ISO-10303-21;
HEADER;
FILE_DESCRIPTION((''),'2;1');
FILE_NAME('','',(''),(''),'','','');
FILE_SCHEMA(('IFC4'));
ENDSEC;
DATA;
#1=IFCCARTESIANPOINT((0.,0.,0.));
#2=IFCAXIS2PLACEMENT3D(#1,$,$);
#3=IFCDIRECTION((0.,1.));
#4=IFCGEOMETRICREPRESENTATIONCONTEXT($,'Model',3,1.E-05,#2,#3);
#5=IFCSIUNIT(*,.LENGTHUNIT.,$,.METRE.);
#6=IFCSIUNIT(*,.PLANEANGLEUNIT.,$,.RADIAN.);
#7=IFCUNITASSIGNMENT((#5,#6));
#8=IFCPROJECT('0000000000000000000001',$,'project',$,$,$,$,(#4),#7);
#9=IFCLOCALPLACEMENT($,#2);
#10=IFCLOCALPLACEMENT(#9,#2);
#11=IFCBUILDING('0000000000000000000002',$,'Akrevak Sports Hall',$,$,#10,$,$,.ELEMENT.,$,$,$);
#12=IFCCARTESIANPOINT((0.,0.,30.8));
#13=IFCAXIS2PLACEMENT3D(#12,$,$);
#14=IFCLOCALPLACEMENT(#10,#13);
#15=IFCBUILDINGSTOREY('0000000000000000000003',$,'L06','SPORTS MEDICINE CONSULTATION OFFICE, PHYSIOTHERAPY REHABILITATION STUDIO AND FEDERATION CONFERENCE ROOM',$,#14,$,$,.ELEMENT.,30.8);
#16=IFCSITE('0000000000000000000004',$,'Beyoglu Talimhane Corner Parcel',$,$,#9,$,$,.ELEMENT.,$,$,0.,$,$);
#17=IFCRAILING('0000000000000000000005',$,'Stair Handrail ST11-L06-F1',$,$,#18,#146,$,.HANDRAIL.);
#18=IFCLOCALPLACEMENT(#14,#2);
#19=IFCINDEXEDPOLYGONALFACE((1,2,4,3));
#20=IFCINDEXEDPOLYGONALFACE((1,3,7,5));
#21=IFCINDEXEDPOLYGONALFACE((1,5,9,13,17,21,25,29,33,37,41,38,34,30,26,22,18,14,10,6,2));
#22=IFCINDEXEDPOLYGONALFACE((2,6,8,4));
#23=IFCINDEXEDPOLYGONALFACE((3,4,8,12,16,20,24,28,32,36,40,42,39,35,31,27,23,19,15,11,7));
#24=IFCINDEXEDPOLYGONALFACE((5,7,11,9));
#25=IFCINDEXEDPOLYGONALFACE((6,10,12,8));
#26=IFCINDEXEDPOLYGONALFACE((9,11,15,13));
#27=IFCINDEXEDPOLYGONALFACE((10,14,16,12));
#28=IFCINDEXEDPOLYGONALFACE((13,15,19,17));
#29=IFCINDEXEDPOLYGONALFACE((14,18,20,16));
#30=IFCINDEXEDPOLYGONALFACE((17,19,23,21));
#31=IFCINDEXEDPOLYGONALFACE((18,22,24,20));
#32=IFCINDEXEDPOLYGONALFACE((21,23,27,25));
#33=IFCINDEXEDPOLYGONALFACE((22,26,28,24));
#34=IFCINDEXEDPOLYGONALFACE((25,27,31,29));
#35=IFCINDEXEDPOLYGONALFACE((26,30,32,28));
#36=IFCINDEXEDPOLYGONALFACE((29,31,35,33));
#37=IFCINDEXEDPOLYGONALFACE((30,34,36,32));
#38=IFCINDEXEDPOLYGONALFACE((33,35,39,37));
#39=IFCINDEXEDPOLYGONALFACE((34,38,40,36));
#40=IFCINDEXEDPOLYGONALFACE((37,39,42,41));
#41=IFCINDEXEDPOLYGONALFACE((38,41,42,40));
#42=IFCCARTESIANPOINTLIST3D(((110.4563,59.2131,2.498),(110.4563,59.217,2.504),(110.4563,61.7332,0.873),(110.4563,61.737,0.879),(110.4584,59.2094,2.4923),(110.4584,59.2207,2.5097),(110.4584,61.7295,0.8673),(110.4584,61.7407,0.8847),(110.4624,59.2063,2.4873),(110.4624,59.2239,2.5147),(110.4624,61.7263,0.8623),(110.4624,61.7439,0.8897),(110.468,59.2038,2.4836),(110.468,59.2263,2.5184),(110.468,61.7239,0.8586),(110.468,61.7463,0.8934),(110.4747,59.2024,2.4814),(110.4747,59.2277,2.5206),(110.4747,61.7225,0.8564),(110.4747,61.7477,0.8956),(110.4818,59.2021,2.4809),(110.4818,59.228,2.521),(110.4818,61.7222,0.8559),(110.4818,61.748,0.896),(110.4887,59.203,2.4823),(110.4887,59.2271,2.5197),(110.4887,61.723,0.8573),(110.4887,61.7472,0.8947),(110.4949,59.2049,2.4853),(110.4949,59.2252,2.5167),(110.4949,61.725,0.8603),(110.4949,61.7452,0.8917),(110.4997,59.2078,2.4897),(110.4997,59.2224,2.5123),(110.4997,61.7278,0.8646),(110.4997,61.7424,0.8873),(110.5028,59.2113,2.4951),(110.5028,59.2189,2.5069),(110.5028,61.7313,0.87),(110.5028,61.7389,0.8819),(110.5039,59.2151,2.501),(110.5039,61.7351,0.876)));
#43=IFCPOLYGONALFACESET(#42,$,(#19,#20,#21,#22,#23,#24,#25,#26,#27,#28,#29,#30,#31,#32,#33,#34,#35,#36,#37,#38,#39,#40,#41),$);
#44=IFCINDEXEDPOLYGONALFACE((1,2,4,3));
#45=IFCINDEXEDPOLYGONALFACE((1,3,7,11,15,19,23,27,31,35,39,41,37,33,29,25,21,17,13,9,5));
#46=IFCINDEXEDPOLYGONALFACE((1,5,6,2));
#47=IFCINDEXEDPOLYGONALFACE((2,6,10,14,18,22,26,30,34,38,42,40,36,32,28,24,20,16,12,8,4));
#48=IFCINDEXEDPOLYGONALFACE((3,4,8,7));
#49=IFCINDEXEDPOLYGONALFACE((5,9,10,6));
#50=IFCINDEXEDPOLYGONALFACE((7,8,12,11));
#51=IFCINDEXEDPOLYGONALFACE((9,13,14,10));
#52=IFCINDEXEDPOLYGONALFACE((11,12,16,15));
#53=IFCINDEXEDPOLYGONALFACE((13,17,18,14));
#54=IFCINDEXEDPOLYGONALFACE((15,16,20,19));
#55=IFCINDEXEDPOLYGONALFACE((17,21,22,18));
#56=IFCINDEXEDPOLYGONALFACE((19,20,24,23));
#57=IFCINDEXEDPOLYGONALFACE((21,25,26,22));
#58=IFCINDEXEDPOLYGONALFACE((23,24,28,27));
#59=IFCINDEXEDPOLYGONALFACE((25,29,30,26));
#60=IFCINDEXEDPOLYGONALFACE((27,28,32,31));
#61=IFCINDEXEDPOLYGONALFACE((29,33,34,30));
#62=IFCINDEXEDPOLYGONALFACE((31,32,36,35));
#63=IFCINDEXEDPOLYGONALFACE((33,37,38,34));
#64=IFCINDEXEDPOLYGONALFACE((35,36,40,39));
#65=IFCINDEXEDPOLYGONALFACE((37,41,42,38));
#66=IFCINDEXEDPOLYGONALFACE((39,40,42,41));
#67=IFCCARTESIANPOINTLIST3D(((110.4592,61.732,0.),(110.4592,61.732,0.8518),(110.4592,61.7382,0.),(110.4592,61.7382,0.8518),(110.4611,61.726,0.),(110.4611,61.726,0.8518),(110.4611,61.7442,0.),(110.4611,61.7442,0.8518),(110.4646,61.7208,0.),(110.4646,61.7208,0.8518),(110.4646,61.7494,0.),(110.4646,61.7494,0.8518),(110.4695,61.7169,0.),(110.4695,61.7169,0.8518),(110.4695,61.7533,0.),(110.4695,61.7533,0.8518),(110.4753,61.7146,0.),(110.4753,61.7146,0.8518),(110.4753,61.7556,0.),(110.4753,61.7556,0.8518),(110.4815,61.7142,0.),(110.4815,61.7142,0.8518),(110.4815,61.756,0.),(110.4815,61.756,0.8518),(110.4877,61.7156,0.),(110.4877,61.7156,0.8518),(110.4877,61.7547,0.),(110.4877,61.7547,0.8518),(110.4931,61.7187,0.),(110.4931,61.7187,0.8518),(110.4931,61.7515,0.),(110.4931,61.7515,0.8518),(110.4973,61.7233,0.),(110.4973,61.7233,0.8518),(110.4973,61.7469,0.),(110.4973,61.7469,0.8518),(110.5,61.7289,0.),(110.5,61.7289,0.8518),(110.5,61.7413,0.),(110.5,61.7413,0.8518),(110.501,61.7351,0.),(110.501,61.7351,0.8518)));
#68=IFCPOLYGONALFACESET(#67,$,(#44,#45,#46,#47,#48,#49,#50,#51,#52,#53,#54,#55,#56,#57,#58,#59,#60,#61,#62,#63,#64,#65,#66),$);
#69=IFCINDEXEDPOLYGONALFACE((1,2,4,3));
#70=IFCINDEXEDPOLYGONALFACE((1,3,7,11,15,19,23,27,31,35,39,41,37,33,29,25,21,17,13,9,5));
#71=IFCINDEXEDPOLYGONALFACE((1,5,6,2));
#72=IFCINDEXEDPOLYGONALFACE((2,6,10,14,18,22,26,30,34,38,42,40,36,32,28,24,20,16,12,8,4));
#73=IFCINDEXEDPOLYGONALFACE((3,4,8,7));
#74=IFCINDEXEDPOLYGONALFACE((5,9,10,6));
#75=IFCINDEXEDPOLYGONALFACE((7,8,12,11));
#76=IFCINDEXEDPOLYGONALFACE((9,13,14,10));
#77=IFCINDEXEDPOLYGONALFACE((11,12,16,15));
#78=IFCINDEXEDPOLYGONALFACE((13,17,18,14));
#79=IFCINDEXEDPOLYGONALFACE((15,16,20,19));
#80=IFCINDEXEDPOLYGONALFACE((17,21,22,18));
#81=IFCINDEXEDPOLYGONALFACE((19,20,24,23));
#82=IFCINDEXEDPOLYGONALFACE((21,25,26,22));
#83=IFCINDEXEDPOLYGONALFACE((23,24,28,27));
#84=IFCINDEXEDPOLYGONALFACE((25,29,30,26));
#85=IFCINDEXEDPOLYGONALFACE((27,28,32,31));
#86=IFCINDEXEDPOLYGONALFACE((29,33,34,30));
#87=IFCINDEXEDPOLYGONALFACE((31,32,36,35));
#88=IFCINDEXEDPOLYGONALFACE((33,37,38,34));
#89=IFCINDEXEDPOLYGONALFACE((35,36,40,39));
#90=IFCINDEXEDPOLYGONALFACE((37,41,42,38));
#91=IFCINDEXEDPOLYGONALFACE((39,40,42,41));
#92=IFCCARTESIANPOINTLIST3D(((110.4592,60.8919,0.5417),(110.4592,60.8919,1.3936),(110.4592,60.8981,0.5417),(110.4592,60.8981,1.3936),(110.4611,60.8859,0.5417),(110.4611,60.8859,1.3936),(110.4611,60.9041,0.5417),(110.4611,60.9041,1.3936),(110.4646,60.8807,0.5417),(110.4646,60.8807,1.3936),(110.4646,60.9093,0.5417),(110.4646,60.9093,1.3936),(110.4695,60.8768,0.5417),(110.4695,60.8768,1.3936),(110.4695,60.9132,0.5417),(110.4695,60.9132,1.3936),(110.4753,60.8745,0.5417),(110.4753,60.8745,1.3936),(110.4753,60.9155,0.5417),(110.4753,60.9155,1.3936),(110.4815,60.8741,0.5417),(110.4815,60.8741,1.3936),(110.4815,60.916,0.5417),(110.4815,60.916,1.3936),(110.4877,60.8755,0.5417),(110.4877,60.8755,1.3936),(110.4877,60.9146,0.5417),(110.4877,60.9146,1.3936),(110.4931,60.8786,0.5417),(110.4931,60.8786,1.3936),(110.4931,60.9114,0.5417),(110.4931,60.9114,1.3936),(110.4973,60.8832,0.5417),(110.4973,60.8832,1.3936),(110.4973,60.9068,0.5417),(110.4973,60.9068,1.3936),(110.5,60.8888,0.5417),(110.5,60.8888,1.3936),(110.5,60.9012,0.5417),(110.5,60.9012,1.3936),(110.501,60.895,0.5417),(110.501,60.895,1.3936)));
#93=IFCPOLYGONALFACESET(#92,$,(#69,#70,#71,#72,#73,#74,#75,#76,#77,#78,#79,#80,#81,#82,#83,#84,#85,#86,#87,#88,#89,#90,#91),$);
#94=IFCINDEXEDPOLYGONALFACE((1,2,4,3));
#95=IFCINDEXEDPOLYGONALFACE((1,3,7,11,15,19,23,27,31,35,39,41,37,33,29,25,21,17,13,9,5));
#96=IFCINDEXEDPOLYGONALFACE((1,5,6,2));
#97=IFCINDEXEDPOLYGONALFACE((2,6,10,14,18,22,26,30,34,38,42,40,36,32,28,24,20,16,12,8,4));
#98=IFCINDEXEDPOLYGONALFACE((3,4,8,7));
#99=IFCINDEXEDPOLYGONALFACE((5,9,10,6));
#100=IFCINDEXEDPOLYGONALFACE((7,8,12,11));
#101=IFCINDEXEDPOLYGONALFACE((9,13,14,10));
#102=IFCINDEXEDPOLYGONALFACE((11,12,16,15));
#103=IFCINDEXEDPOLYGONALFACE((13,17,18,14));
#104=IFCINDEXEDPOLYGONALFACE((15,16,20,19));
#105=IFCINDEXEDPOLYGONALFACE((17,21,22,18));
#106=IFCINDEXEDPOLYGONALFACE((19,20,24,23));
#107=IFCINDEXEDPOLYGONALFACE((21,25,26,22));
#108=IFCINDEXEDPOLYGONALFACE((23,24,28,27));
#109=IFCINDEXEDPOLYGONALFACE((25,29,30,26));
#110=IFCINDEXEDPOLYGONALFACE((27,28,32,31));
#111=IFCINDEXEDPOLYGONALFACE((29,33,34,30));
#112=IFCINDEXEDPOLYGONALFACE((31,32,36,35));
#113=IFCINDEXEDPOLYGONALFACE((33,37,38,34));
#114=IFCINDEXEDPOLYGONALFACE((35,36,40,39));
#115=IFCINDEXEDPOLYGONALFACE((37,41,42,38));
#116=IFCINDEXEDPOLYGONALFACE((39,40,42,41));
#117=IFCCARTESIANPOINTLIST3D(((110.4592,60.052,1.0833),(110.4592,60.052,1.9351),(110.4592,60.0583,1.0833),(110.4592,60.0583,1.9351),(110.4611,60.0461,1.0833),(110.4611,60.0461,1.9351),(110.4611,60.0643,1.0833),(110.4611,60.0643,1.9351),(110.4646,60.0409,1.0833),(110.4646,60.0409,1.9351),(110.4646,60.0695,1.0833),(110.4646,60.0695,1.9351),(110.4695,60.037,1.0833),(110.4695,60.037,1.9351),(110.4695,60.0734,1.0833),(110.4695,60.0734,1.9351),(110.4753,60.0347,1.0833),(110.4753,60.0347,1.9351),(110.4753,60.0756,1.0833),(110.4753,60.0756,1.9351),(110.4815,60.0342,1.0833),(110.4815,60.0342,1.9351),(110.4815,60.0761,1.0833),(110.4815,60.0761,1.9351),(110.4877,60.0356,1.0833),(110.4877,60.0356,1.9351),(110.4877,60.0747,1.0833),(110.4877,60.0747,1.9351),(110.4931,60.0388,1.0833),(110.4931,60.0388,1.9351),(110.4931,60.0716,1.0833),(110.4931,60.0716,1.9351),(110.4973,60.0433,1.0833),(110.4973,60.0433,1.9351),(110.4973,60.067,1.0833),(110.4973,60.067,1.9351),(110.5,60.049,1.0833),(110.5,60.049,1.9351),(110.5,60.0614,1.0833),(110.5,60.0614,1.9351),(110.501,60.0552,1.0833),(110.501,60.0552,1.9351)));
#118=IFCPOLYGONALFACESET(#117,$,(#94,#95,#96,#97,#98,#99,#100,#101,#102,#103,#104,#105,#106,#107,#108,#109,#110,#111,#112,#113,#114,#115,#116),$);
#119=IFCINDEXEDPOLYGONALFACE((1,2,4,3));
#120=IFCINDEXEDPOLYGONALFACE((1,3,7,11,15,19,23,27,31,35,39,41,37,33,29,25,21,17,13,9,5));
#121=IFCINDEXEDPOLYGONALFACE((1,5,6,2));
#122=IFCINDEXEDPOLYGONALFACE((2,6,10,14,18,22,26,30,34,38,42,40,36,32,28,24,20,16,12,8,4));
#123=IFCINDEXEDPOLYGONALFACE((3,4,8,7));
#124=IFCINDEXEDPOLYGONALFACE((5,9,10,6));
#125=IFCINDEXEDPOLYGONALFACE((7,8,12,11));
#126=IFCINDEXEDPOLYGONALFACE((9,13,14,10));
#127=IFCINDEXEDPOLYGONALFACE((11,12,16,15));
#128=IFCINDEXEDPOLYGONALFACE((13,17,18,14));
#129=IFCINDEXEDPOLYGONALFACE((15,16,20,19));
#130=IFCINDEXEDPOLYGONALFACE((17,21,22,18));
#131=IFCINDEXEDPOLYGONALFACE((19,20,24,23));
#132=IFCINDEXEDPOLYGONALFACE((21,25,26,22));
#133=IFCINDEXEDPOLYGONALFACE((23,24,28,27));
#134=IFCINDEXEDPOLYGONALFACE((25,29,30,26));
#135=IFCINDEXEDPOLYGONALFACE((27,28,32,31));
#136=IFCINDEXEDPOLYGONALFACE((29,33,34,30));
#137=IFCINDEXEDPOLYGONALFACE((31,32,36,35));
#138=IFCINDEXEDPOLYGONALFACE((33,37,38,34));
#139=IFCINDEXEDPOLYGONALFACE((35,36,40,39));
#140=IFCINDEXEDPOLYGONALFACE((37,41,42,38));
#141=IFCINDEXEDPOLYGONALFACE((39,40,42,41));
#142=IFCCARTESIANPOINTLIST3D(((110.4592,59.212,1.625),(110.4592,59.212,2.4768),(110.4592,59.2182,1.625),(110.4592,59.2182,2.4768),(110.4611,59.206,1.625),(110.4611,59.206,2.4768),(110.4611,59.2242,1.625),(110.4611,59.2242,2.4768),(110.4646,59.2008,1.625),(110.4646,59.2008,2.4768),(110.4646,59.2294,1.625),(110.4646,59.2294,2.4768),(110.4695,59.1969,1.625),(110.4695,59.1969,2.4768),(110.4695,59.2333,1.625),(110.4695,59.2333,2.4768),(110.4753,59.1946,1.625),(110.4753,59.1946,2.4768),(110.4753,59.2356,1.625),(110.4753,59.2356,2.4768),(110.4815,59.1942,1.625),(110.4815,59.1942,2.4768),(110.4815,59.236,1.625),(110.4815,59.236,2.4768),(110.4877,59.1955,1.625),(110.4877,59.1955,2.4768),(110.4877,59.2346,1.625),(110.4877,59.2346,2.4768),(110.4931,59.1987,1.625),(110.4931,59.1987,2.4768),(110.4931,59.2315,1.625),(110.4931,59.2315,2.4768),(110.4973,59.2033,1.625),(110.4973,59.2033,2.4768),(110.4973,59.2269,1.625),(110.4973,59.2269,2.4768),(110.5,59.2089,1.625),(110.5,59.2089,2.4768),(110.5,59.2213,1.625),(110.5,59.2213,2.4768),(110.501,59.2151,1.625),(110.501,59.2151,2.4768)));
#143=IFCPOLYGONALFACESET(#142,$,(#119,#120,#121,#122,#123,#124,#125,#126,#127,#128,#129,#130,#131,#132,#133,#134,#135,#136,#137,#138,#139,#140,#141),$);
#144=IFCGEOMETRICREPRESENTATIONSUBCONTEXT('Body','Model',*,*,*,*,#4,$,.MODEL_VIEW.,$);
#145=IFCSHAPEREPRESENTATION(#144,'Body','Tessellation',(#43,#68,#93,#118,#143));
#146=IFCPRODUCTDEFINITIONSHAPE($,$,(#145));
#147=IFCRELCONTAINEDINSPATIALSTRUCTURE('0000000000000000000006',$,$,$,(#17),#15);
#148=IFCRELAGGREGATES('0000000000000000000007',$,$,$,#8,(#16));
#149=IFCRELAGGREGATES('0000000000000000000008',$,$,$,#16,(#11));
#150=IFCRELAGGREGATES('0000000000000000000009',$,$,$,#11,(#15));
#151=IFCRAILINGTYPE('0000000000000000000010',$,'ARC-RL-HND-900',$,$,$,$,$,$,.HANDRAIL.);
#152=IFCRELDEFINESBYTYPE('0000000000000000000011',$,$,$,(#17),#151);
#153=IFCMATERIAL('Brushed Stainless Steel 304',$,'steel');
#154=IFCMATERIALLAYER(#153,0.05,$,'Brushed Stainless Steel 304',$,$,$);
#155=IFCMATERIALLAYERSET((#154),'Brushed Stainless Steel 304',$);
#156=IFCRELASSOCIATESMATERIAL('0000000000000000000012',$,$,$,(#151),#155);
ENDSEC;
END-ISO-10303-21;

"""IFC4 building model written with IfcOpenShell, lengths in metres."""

from ifc_helpers import new_model, si_unit, direction, frame, origin, origin_2d, place, context, subcontext, project, spatial, circle, extrude, material, layer, layer_set, type_object, element, save


model = new_model("IFC4")

# Units and contexts
model_context = context("Model", 3, precision=1e-05, world=origin(), true_north=direction((0.0, 1.0)))
body_context = subcontext(model_context, "Body", "Model", "MODEL_VIEW")
ifc_project = project(units=[si_unit("LENGTHUNIT", "METRE"), si_unit("PLANEANGLEUNIT", "RADIAN")], contexts=[model_context])

# Site, building, storey
site_placement = place(None, origin())
site = spatial("IfcSite", under=ifc_project, at=site_placement, Name="Beyoglu Talimhane Corner Parcel", CompositionType="ELEMENT", RefElevation=0.0)
building_placement = place(site_placement, origin())
building = spatial("IfcBuilding", under=site, at=building_placement, Name="Akrevak Sports Hall", CompositionType="ELEMENT")
storey_placement = place(building_placement, frame((0.0, 0.0, 30.8)))
storey = spatial("IfcBuildingStorey", under=building, at=storey_placement, Name="L06", Description="SPORTS MEDICINE CONSULTATION OFFICE, PHYSIOTHERAPY REHABILITATION STUDIO AND FEDERATION CONFERENCE ROOM", CompositionType="ELEMENT", Elevation=30.8)

# Railing
ifc_material_1 = material(Name="Brushed Stainless Steel 304", Category="steel")
ifc_layer_1 = layer(ifc_material_1, 0.05, Name="Brushed Stainless Steel 304")
ifc_layer_set_1 = layer_set([ifc_layer_1], Name="Brushed Stainless Steel 304")
railing_type_1 = type_object("IfcRailingType", Name="ARC-RL-HND-900", PredefinedType="HANDRAIL", material=ifc_layer_set_1)
railing_1_placement = place(storey_placement, frame((110.48, 61.7351, 0.0)))
element("IfcRailing", 1, at=railing_1_placement, inside=storey, type_object=railing_type_1, Name="Stair Handrail ST11-L06-F1", PredefinedType="HANDRAIL", context=body_context, shape_type="SweptSolid", body=[
    extrude(circle(Radius=0.0239, at=origin_2d()), frame((0.0, 0.0, 0.876), z_axis=(0.0, -0.840421, 0.541934), x_axis=(1.0, 0.0, 0.0)), (0.0, 0.0, 1.0), 2.9985),
    extrude(circle(Radius=0.021, at=origin_2d()), origin(), (0.0, 0.0, 1.0), 0.8518),
    extrude(circle(Radius=0.021, at=origin_2d()), frame((0.0, -0.8401, 0.5417)), (0.0, 0.0, 1.0), 0.8518),
    extrude(circle(Radius=0.021, at=origin_2d()), frame((0.0, -1.6799, 1.0833)), (0.0, 0.0, 1.0), 0.8518),
    extrude(circle(Radius=0.021, at=origin_2d()), frame((0.0, -2.52, 1.625)), (0.0, 0.0, 1.0), 0.8518),
])

save(model, "model.ifc")
